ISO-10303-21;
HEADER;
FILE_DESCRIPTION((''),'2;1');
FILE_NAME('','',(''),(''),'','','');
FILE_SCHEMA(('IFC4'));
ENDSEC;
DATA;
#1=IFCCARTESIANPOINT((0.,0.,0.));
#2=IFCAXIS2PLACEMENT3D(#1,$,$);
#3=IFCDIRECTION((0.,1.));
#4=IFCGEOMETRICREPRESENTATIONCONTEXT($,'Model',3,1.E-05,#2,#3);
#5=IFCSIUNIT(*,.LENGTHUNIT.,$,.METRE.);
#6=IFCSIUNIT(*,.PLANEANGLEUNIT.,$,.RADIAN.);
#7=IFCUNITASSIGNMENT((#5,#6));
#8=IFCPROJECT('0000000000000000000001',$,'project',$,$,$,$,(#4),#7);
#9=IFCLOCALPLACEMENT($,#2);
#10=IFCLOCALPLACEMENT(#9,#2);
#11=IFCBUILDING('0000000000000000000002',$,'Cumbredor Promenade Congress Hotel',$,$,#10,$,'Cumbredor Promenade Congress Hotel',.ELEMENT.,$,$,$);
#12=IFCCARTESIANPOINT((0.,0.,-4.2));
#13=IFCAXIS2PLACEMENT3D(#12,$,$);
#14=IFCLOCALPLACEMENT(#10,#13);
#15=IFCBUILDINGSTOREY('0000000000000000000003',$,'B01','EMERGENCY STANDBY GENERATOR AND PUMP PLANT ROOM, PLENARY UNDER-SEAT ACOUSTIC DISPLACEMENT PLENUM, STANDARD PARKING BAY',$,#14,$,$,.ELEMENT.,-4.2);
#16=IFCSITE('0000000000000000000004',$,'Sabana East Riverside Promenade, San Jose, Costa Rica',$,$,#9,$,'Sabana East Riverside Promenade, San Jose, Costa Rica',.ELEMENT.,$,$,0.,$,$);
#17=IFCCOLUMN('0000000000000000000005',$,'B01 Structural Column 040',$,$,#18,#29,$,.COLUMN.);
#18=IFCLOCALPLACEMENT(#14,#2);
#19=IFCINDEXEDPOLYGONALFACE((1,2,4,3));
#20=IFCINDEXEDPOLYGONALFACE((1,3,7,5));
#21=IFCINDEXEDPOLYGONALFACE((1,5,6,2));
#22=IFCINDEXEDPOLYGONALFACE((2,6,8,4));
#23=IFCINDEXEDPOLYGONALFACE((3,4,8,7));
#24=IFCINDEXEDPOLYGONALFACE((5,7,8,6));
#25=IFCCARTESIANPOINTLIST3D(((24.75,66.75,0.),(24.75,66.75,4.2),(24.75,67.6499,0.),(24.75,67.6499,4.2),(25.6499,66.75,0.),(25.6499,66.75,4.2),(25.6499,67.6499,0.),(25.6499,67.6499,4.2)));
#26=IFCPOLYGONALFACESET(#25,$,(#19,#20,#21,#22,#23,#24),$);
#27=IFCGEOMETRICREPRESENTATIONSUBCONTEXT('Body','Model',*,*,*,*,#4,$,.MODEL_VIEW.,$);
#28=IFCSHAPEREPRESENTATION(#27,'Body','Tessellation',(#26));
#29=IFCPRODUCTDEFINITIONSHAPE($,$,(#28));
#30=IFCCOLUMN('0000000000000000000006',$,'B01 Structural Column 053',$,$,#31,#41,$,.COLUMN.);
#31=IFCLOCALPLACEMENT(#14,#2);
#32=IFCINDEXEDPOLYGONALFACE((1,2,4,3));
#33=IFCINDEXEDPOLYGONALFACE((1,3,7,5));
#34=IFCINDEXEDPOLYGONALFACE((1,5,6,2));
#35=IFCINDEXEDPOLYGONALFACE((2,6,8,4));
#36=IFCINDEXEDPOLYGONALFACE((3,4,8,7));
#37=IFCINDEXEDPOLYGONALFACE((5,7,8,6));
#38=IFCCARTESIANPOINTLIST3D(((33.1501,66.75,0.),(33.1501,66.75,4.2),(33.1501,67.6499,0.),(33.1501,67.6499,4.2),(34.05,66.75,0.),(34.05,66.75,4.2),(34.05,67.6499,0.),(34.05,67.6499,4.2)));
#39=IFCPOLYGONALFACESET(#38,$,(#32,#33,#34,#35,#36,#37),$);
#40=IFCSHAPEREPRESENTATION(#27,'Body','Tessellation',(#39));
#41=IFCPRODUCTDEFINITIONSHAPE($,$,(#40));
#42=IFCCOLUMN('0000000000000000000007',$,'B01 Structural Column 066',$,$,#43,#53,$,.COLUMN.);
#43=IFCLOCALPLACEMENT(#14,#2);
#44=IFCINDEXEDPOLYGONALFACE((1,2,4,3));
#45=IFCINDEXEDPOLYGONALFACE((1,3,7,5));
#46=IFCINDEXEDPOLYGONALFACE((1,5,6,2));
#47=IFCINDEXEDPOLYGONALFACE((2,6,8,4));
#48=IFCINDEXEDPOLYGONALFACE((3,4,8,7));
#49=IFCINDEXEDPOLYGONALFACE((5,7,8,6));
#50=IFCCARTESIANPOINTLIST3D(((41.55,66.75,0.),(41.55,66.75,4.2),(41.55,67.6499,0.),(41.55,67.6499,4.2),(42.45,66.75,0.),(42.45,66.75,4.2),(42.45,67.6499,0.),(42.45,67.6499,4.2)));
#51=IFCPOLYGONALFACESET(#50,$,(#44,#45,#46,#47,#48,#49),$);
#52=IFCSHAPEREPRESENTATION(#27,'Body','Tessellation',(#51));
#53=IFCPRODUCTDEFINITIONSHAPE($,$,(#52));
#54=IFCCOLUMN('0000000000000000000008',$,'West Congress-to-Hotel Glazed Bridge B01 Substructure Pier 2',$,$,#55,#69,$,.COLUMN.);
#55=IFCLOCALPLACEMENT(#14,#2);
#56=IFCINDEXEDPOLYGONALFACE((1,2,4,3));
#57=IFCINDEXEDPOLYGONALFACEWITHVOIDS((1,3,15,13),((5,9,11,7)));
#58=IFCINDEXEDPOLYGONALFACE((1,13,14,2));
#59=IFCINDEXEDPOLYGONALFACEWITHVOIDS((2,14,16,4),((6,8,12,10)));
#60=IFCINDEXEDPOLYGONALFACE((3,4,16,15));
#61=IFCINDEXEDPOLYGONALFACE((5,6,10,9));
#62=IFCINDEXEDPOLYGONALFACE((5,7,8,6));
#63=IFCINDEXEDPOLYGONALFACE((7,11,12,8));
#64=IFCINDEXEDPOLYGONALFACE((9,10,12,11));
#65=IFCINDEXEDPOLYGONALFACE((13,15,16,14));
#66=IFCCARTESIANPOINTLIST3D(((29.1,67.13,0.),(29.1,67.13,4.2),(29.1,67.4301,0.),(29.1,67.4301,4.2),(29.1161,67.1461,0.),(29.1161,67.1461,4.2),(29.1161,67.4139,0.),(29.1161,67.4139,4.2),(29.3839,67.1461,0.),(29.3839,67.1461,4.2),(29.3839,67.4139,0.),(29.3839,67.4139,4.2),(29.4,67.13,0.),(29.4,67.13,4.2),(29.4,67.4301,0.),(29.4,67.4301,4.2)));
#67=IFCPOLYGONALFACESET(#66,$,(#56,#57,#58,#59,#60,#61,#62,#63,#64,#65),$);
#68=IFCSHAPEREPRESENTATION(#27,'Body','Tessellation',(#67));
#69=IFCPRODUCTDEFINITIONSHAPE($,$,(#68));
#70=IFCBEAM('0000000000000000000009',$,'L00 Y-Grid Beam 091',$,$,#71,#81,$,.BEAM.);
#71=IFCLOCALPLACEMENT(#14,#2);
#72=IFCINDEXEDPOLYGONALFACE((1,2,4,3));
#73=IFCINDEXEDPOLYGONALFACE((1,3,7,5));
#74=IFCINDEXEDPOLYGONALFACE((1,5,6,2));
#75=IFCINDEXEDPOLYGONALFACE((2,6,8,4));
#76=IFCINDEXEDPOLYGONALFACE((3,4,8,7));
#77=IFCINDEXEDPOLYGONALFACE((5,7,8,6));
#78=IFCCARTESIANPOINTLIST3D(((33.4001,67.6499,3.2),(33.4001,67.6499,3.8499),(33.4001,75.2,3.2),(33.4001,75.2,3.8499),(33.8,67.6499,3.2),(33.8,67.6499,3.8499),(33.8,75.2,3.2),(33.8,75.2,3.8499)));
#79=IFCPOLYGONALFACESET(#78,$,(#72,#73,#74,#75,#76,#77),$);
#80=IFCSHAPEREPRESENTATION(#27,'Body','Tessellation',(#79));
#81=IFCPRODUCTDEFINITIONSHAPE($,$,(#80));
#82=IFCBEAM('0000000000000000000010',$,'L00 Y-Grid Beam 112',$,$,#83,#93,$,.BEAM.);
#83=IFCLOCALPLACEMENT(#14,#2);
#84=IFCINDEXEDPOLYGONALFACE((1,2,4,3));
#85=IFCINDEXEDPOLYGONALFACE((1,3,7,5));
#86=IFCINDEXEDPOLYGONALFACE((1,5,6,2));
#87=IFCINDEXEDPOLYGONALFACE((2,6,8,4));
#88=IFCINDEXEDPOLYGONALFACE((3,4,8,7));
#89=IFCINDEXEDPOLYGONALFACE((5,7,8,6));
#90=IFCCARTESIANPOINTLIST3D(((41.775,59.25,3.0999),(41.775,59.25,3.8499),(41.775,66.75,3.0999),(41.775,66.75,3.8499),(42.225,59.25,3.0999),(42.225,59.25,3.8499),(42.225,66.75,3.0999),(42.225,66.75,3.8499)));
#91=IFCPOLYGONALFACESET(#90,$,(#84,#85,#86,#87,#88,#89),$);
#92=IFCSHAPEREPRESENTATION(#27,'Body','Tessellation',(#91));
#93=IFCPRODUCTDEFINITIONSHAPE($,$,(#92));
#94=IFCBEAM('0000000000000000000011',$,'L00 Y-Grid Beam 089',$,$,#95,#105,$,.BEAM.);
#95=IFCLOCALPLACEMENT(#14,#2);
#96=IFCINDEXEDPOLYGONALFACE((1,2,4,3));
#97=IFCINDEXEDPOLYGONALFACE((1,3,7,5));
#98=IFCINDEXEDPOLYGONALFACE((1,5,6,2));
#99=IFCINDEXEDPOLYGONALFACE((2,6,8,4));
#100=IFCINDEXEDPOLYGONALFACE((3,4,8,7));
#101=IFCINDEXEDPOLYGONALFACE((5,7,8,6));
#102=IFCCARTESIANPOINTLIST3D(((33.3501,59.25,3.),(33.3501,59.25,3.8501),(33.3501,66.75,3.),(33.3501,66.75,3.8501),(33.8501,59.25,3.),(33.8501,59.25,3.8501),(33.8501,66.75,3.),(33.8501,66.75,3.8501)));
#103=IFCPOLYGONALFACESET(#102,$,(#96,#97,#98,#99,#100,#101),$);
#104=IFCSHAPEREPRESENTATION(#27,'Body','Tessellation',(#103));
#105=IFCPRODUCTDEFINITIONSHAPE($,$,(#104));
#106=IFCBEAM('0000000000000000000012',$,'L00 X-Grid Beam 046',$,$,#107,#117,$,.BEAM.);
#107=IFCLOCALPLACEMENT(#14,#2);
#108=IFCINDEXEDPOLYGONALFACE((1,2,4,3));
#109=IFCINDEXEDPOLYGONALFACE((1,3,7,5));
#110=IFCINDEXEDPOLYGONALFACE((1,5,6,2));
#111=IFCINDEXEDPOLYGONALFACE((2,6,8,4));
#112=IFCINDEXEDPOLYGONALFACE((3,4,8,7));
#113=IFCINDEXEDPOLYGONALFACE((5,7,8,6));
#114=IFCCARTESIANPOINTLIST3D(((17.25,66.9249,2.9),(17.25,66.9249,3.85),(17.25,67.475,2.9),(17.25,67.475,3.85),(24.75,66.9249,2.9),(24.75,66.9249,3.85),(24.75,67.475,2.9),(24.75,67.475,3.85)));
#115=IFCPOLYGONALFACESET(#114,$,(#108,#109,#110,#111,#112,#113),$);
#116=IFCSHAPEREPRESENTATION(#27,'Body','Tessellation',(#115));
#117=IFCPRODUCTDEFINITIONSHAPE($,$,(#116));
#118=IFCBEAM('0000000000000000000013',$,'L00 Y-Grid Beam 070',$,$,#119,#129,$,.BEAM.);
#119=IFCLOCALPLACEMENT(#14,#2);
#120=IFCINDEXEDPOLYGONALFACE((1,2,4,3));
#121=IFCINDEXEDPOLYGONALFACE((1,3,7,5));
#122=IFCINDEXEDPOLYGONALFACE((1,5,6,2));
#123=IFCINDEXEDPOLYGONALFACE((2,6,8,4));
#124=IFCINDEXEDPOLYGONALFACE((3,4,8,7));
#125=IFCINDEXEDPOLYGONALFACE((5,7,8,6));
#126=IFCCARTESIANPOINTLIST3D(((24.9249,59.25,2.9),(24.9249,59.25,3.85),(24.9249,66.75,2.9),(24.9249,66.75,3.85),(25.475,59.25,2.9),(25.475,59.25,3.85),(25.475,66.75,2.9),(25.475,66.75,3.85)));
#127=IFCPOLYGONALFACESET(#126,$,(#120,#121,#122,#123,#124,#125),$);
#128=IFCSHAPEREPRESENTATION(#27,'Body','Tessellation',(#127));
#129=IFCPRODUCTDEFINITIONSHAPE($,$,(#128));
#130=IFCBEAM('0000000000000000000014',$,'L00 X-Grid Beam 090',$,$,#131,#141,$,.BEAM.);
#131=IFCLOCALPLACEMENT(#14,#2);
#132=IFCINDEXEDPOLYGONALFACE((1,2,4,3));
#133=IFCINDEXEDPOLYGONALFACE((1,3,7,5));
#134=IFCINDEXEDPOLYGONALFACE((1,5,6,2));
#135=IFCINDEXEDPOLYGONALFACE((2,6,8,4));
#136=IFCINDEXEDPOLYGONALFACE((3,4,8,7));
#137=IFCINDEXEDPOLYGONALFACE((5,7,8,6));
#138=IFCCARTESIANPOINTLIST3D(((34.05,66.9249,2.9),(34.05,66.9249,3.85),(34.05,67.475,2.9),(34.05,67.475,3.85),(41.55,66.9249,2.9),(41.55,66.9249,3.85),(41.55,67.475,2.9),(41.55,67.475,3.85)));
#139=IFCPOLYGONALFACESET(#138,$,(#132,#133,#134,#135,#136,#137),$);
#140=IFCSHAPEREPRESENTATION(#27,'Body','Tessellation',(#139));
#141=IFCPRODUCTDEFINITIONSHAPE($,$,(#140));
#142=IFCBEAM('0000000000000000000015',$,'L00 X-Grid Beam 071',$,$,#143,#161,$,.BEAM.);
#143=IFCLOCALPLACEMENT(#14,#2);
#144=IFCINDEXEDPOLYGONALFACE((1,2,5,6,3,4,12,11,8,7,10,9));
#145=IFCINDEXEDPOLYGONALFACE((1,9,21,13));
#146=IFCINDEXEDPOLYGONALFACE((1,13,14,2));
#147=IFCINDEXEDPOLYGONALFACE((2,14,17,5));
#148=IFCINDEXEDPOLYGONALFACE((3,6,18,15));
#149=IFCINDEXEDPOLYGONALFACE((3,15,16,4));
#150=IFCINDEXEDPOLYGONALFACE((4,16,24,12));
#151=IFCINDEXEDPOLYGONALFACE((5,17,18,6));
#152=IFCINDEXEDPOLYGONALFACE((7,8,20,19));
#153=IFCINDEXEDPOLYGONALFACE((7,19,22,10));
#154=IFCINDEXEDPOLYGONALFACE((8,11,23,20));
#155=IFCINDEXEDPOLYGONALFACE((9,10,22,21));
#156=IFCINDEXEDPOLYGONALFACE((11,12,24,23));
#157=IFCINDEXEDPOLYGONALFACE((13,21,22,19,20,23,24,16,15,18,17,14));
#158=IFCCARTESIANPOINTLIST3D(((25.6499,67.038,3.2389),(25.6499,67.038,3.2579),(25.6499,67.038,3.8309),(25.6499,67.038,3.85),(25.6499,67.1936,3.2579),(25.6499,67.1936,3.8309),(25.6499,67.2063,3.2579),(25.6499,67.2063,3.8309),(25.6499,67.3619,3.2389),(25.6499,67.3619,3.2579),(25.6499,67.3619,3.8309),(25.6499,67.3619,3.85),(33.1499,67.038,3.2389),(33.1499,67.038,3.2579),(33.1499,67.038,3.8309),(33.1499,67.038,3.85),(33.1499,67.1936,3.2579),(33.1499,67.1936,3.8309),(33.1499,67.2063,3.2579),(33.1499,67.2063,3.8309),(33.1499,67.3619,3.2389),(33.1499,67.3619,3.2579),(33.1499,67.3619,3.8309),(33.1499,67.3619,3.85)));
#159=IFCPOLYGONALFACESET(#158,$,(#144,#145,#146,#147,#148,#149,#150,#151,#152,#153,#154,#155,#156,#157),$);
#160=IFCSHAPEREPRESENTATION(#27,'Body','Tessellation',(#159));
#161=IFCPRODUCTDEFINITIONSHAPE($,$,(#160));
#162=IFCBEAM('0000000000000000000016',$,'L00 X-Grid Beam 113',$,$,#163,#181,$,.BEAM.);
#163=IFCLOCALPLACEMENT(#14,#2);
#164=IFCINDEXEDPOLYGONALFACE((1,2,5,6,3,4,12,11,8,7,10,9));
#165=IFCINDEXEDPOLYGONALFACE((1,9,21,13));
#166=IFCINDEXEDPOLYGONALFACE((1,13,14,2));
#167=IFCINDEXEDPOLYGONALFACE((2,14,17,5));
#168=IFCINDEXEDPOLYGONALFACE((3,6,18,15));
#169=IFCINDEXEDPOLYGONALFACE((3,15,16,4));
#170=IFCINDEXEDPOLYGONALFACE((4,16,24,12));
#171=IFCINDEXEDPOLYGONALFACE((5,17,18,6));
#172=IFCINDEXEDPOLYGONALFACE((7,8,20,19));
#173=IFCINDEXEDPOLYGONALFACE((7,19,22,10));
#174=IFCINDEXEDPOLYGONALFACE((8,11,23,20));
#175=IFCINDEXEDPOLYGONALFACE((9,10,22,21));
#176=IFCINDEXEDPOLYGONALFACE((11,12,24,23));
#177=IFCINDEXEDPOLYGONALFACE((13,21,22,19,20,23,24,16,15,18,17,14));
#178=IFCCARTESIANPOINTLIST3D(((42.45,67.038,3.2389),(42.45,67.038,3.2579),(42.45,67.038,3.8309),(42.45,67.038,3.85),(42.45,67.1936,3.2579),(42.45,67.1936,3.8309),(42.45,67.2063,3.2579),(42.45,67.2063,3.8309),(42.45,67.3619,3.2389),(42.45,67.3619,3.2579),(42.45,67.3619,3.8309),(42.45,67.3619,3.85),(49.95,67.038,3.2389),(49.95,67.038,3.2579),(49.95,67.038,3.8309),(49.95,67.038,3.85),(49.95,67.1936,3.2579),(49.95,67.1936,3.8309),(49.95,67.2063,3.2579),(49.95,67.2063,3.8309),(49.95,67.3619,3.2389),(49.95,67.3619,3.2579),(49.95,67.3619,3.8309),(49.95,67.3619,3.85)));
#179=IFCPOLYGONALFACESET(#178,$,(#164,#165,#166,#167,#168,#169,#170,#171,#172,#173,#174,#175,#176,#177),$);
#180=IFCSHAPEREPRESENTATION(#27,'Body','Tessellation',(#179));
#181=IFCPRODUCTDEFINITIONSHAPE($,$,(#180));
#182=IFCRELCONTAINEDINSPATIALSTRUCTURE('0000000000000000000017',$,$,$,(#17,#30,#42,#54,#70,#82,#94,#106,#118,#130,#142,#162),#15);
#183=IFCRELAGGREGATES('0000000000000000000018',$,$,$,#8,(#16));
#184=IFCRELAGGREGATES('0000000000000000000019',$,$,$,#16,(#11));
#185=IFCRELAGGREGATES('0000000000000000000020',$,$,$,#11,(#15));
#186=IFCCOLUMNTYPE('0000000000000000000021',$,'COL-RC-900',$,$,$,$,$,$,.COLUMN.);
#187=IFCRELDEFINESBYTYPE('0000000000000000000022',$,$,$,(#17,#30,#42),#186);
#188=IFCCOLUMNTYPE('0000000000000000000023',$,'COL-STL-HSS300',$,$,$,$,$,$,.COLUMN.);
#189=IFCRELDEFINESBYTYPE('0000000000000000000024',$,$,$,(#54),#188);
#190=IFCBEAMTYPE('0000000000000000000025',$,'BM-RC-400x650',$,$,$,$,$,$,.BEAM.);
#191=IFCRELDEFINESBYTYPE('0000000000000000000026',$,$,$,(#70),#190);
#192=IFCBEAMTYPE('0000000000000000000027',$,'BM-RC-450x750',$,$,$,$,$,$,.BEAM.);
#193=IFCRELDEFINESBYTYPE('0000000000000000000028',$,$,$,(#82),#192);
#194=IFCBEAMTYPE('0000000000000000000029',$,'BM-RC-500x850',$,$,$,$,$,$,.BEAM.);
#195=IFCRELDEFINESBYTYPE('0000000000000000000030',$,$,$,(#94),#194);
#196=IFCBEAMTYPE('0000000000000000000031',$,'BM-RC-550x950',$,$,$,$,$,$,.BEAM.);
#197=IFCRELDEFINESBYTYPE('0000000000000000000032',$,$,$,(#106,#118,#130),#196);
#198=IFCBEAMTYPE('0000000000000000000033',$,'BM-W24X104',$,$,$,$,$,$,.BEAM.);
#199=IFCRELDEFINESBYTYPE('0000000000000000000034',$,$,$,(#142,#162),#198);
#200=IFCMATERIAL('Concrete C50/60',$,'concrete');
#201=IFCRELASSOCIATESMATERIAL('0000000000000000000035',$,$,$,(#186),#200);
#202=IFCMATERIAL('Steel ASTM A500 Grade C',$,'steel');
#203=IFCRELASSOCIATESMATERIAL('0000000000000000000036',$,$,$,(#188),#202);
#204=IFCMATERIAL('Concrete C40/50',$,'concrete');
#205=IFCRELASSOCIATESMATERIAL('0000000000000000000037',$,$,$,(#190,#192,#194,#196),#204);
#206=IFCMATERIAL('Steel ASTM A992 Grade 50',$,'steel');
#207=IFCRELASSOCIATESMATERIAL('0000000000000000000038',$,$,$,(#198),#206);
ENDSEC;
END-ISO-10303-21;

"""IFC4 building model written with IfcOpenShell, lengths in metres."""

from ifc_helpers import new_model, si_unit, direction, frame, origin, origin_2d, place, context, subcontext, project, spatial, rectangle, hollow_rectangle, i_section, extrude, material, material_profile, profile_set, type_object, element, save


model = new_model("IFC4")

# Units and contexts
model_context = context("Model", 3, precision=1e-05, world=origin(), true_north=direction((0.0, 1.0)))
body_context = subcontext(model_context, "Body", "Model", "MODEL_VIEW")
ifc_project = project(units=[si_unit("LENGTHUNIT", "METRE"), si_unit("PLANEANGLEUNIT", "RADIAN")], contexts=[model_context])

# Site, building, storey
site_placement = place(None, origin())
site = spatial("IfcSite", under=ifc_project, at=site_placement, Name="Sabana East Riverside Promenade, San Jose, Costa Rica", LongName="Sabana East Riverside Promenade, San Jose, Costa Rica", CompositionType="ELEMENT", RefElevation=0.0)
building_placement = place(site_placement, origin())
building = spatial("IfcBuilding", under=site, at=building_placement, Name="Cumbredor Promenade Congress Hotel", LongName="Cumbredor Promenade Congress Hotel", CompositionType="ELEMENT")
storey_placement = place(building_placement, frame((0.0, 0.0, -4.2)))
storey = spatial("IfcBuildingStorey", under=building, at=storey_placement, Name="B01", Description="EMERGENCY STANDBY GENERATOR AND PUMP PLANT ROOM, PLENARY UNDER-SEAT ACOUSTIC DISPLACEMENT PLENUM, STANDARD PARKING BAY", CompositionType="ELEMENT", Elevation=-4.2)

# Columns
ifc_material_1 = material(Name="Concrete C50/60", Category="concrete")
ifc_material_profile_1 = material_profile(ifc_material_1, rectangle(XDim=0.8999, YDim=0.8999, at=origin_2d()), Name="RC 900x900")
ifc_profile_set_1 = profile_set([ifc_material_profile_1], Name="Concrete C50/60")
column_type_1 = type_object("IfcColumnType", Name="COL-RC-900", PredefinedType="COLUMN", material=ifc_profile_set_1)
for number, where, z_axis, x_axis, name in (
    (1, (25.2, 67.2, 0.0), (0.0, 0.0, 1.0), (1.0, 0.0, 0.0), "B01 Structural Column 040"),
    (2, (33.6001, 67.2, 0.0), (0.0, 0.0, 1.0), (1.0, 0.0, 0.0), "B01 Structural Column 053"),
    (3, (42.0, 67.2, 0.0), (0.0, 0.0, 1.0), (1.0, 0.0, 0.0), "B01 Structural Column 066"),
):
    element("IfcColumn", number, at=place(storey_placement, frame(where, z_axis=z_axis, x_axis=x_axis)), inside=storey, type_object=column_type_1, Name=name, PredefinedType="COLUMN", context=body_context, shape_type="SweptSolid", body=[
        extrude(rectangle(XDim=0.8999, YDim=0.8999, at=origin_2d()), origin(), (0.0, 0.0, 1.0), 4.2),
    ])
ifc_material_2 = material(Name="Steel ASTM A500 Grade C", Category="steel")
ifc_material_profile_2 = material_profile(ifc_material_2, hollow_rectangle(XDim=0.3, YDim=0.3, WallThickness=0.0161, at=origin_2d()), Name="HSS 300x300x16")
ifc_profile_set_2 = profile_set([ifc_material_profile_2], Name="Steel ASTM A500 Grade C")
column_type_2 = type_object("IfcColumnType", Name="COL-STL-HSS300", PredefinedType="COLUMN", material=ifc_profile_set_2)
column_placement = place(storey_placement, frame((29.25, 67.28, 0.0), z_axis=(0.0, 0.0, 1.0), x_axis=(1.0, 0.0, 0.0)))
element("IfcColumn", 4, at=column_placement, inside=storey, type_object=column_type_2, Name="West Congress-to-Hotel Glazed Bridge B01 Substructure Pier 2", PredefinedType="COLUMN", context=body_context, shape_type="SweptSolid", body=[
    extrude(hollow_rectangle(XDim=0.3, YDim=0.3, WallThickness=0.0161, at=origin_2d()), origin(), (0.0, 0.0, 1.0), 4.2),
])

# Beams
ifc_material_3 = material(Name="Concrete C40/50", Category="concrete")
ifc_material_profile_3 = material_profile(ifc_material_3, rectangle(XDim=0.3999, YDim=0.6499, at=origin_2d()), Name="RC BEAM 400x650")
ifc_profile_set_3 = profile_set([ifc_material_profile_3], Name="Concrete C40/50")
beam_type_1 = type_object("IfcBeamType", Name="BM-RC-400x650", PredefinedType="BEAM", material=ifc_profile_set_3)
beam_1_placement = place(storey_placement, frame((33.6001, 67.6499, 3.5249), z_axis=(0.0, 1.0, 0.0), x_axis=(-1.0, 0.0, 0.0)))
element("IfcBeam", 5, at=beam_1_placement, inside=storey, type_object=beam_type_1, Name="L00 Y-Grid Beam 091", PredefinedType="BEAM", context=body_context, shape_type="SweptSolid", body=[
    extrude(rectangle(XDim=0.3999, YDim=0.6499, at=origin_2d()), origin(), (0.0, 0.0, 1.0), 7.55),
])
ifc_material_profile_4 = material_profile(ifc_material_3, rectangle(XDim=0.45, YDim=0.75, at=origin_2d()), Name="RC BEAM 450x750")
ifc_profile_set_4 = profile_set([ifc_material_profile_4], Name="Concrete C40/50")
beam_type_2 = type_object("IfcBeamType", Name="BM-RC-450x750", PredefinedType="BEAM", material=ifc_profile_set_4)
beam_2_placement = place(storey_placement, frame((42.0, 59.25, 3.4749), z_axis=(0.0, 1.0, 0.0), x_axis=(-1.0, 0.0, 0.0)))
element("IfcBeam", 6, at=beam_2_placement, inside=storey, type_object=beam_type_2, Name="L00 Y-Grid Beam 112", PredefinedType="BEAM", context=body_context, shape_type="SweptSolid", body=[
    extrude(rectangle(XDim=0.45, YDim=0.75, at=origin_2d()), origin(), (0.0, 0.0, 1.0), 7.5),
])
ifc_material_profile_5 = material_profile(ifc_material_3, rectangle(XDim=0.5, YDim=0.8501, at=origin_2d()), Name="RC BEAM 500x850")
ifc_profile_set_5 = profile_set([ifc_material_profile_5], Name="Concrete C40/50")
beam_type_3 = type_object("IfcBeamType", Name="BM-RC-500x850", PredefinedType="BEAM", material=ifc_profile_set_5)
beam_3_placement = place(storey_placement, frame((33.6001, 59.25, 3.425), z_axis=(0.0, 1.0, 0.0), x_axis=(-1.0, 0.0, 0.0)))
element("IfcBeam", 7, at=beam_3_placement, inside=storey, type_object=beam_type_3, Name="L00 Y-Grid Beam 089", PredefinedType="BEAM", context=body_context, shape_type="SweptSolid", body=[
    extrude(rectangle(XDim=0.5, YDim=0.8501, at=origin_2d()), origin(), (0.0, 0.0, 1.0), 7.5),
])
ifc_material_profile_6 = material_profile(ifc_material_3, rectangle(XDim=0.55, YDim=0.95, at=origin_2d()), Name="RC BEAM 550x950")
ifc_profile_set_6 = profile_set([ifc_material_profile_6], Name="Concrete C40/50")
beam_type_4 = type_object("IfcBeamType", Name="BM-RC-550x950", PredefinedType="BEAM", material=ifc_profile_set_6)
for number, where, z_axis, x_axis, name in (
    (8, (17.25, 67.2, 3.375), (1.0, 0.0, 0.0), (0.0, 1.0, 0.0), "L00 X-Grid Beam 046"),
    (9, (25.2, 59.25, 3.375), (0.0, 1.0, 0.0), (-1.0, 0.0, 0.0), "L00 Y-Grid Beam 070"),
    (10, (34.05, 67.2, 3.375), (1.0, 0.0, 0.0), (0.0, 1.0, 0.0), "L00 X-Grid Beam 090"),
):
    element("IfcBeam", number, at=place(storey_placement, frame(where, z_axis=z_axis, x_axis=x_axis)), inside=storey, type_object=beam_type_4, Name=name, PredefinedType="BEAM", context=body_context, shape_type="SweptSolid", body=[
        extrude(rectangle(XDim=0.55, YDim=0.95, at=origin_2d()), origin(), (0.0, 0.0, 1.0), 7.5),
    ])
ifc_material_4 = material(Name="Steel ASTM A992 Grade 50", Category="steel")
ifc_material_profile_7 = material_profile(ifc_material_4, i_section(OverallWidth=0.324, OverallDepth=0.6111, WebThickness=0.0127, FlangeThickness=0.019, at=origin_2d()), Name="W24X104")
ifc_profile_set_7 = profile_set([ifc_material_profile_7], Name="Steel ASTM A992 Grade 50")
beam_type_5 = type_object("IfcBeamType", Name="BM-W24X104", PredefinedType="BEAM", material=ifc_profile_set_7)
for number, where, z_axis, x_axis, name in (
    (11, (25.6499, 67.2, 3.5444), (1.0, 0.0, 0.0), (0.0, 1.0, 0.0), "L00 X-Grid Beam 071"),
    (12, (42.45, 67.2, 3.5444), (1.0, 0.0, 0.0), (0.0, 1.0, 0.0), "L00 X-Grid Beam 113"),
):
    element("IfcBeam", number, at=place(storey_placement, frame(where, z_axis=z_axis, x_axis=x_axis)), inside=storey, type_object=beam_type_5, Name=name, PredefinedType="BEAM", context=body_context, shape_type="SweptSolid", body=[
        extrude(i_section(OverallWidth=0.324, OverallDepth=0.6111, WebThickness=0.0127, FlangeThickness=0.019, at=origin_2d()), origin(), (0.0, 0.0, 1.0), 7.5),
    ])

save(model, "model.ifc")
